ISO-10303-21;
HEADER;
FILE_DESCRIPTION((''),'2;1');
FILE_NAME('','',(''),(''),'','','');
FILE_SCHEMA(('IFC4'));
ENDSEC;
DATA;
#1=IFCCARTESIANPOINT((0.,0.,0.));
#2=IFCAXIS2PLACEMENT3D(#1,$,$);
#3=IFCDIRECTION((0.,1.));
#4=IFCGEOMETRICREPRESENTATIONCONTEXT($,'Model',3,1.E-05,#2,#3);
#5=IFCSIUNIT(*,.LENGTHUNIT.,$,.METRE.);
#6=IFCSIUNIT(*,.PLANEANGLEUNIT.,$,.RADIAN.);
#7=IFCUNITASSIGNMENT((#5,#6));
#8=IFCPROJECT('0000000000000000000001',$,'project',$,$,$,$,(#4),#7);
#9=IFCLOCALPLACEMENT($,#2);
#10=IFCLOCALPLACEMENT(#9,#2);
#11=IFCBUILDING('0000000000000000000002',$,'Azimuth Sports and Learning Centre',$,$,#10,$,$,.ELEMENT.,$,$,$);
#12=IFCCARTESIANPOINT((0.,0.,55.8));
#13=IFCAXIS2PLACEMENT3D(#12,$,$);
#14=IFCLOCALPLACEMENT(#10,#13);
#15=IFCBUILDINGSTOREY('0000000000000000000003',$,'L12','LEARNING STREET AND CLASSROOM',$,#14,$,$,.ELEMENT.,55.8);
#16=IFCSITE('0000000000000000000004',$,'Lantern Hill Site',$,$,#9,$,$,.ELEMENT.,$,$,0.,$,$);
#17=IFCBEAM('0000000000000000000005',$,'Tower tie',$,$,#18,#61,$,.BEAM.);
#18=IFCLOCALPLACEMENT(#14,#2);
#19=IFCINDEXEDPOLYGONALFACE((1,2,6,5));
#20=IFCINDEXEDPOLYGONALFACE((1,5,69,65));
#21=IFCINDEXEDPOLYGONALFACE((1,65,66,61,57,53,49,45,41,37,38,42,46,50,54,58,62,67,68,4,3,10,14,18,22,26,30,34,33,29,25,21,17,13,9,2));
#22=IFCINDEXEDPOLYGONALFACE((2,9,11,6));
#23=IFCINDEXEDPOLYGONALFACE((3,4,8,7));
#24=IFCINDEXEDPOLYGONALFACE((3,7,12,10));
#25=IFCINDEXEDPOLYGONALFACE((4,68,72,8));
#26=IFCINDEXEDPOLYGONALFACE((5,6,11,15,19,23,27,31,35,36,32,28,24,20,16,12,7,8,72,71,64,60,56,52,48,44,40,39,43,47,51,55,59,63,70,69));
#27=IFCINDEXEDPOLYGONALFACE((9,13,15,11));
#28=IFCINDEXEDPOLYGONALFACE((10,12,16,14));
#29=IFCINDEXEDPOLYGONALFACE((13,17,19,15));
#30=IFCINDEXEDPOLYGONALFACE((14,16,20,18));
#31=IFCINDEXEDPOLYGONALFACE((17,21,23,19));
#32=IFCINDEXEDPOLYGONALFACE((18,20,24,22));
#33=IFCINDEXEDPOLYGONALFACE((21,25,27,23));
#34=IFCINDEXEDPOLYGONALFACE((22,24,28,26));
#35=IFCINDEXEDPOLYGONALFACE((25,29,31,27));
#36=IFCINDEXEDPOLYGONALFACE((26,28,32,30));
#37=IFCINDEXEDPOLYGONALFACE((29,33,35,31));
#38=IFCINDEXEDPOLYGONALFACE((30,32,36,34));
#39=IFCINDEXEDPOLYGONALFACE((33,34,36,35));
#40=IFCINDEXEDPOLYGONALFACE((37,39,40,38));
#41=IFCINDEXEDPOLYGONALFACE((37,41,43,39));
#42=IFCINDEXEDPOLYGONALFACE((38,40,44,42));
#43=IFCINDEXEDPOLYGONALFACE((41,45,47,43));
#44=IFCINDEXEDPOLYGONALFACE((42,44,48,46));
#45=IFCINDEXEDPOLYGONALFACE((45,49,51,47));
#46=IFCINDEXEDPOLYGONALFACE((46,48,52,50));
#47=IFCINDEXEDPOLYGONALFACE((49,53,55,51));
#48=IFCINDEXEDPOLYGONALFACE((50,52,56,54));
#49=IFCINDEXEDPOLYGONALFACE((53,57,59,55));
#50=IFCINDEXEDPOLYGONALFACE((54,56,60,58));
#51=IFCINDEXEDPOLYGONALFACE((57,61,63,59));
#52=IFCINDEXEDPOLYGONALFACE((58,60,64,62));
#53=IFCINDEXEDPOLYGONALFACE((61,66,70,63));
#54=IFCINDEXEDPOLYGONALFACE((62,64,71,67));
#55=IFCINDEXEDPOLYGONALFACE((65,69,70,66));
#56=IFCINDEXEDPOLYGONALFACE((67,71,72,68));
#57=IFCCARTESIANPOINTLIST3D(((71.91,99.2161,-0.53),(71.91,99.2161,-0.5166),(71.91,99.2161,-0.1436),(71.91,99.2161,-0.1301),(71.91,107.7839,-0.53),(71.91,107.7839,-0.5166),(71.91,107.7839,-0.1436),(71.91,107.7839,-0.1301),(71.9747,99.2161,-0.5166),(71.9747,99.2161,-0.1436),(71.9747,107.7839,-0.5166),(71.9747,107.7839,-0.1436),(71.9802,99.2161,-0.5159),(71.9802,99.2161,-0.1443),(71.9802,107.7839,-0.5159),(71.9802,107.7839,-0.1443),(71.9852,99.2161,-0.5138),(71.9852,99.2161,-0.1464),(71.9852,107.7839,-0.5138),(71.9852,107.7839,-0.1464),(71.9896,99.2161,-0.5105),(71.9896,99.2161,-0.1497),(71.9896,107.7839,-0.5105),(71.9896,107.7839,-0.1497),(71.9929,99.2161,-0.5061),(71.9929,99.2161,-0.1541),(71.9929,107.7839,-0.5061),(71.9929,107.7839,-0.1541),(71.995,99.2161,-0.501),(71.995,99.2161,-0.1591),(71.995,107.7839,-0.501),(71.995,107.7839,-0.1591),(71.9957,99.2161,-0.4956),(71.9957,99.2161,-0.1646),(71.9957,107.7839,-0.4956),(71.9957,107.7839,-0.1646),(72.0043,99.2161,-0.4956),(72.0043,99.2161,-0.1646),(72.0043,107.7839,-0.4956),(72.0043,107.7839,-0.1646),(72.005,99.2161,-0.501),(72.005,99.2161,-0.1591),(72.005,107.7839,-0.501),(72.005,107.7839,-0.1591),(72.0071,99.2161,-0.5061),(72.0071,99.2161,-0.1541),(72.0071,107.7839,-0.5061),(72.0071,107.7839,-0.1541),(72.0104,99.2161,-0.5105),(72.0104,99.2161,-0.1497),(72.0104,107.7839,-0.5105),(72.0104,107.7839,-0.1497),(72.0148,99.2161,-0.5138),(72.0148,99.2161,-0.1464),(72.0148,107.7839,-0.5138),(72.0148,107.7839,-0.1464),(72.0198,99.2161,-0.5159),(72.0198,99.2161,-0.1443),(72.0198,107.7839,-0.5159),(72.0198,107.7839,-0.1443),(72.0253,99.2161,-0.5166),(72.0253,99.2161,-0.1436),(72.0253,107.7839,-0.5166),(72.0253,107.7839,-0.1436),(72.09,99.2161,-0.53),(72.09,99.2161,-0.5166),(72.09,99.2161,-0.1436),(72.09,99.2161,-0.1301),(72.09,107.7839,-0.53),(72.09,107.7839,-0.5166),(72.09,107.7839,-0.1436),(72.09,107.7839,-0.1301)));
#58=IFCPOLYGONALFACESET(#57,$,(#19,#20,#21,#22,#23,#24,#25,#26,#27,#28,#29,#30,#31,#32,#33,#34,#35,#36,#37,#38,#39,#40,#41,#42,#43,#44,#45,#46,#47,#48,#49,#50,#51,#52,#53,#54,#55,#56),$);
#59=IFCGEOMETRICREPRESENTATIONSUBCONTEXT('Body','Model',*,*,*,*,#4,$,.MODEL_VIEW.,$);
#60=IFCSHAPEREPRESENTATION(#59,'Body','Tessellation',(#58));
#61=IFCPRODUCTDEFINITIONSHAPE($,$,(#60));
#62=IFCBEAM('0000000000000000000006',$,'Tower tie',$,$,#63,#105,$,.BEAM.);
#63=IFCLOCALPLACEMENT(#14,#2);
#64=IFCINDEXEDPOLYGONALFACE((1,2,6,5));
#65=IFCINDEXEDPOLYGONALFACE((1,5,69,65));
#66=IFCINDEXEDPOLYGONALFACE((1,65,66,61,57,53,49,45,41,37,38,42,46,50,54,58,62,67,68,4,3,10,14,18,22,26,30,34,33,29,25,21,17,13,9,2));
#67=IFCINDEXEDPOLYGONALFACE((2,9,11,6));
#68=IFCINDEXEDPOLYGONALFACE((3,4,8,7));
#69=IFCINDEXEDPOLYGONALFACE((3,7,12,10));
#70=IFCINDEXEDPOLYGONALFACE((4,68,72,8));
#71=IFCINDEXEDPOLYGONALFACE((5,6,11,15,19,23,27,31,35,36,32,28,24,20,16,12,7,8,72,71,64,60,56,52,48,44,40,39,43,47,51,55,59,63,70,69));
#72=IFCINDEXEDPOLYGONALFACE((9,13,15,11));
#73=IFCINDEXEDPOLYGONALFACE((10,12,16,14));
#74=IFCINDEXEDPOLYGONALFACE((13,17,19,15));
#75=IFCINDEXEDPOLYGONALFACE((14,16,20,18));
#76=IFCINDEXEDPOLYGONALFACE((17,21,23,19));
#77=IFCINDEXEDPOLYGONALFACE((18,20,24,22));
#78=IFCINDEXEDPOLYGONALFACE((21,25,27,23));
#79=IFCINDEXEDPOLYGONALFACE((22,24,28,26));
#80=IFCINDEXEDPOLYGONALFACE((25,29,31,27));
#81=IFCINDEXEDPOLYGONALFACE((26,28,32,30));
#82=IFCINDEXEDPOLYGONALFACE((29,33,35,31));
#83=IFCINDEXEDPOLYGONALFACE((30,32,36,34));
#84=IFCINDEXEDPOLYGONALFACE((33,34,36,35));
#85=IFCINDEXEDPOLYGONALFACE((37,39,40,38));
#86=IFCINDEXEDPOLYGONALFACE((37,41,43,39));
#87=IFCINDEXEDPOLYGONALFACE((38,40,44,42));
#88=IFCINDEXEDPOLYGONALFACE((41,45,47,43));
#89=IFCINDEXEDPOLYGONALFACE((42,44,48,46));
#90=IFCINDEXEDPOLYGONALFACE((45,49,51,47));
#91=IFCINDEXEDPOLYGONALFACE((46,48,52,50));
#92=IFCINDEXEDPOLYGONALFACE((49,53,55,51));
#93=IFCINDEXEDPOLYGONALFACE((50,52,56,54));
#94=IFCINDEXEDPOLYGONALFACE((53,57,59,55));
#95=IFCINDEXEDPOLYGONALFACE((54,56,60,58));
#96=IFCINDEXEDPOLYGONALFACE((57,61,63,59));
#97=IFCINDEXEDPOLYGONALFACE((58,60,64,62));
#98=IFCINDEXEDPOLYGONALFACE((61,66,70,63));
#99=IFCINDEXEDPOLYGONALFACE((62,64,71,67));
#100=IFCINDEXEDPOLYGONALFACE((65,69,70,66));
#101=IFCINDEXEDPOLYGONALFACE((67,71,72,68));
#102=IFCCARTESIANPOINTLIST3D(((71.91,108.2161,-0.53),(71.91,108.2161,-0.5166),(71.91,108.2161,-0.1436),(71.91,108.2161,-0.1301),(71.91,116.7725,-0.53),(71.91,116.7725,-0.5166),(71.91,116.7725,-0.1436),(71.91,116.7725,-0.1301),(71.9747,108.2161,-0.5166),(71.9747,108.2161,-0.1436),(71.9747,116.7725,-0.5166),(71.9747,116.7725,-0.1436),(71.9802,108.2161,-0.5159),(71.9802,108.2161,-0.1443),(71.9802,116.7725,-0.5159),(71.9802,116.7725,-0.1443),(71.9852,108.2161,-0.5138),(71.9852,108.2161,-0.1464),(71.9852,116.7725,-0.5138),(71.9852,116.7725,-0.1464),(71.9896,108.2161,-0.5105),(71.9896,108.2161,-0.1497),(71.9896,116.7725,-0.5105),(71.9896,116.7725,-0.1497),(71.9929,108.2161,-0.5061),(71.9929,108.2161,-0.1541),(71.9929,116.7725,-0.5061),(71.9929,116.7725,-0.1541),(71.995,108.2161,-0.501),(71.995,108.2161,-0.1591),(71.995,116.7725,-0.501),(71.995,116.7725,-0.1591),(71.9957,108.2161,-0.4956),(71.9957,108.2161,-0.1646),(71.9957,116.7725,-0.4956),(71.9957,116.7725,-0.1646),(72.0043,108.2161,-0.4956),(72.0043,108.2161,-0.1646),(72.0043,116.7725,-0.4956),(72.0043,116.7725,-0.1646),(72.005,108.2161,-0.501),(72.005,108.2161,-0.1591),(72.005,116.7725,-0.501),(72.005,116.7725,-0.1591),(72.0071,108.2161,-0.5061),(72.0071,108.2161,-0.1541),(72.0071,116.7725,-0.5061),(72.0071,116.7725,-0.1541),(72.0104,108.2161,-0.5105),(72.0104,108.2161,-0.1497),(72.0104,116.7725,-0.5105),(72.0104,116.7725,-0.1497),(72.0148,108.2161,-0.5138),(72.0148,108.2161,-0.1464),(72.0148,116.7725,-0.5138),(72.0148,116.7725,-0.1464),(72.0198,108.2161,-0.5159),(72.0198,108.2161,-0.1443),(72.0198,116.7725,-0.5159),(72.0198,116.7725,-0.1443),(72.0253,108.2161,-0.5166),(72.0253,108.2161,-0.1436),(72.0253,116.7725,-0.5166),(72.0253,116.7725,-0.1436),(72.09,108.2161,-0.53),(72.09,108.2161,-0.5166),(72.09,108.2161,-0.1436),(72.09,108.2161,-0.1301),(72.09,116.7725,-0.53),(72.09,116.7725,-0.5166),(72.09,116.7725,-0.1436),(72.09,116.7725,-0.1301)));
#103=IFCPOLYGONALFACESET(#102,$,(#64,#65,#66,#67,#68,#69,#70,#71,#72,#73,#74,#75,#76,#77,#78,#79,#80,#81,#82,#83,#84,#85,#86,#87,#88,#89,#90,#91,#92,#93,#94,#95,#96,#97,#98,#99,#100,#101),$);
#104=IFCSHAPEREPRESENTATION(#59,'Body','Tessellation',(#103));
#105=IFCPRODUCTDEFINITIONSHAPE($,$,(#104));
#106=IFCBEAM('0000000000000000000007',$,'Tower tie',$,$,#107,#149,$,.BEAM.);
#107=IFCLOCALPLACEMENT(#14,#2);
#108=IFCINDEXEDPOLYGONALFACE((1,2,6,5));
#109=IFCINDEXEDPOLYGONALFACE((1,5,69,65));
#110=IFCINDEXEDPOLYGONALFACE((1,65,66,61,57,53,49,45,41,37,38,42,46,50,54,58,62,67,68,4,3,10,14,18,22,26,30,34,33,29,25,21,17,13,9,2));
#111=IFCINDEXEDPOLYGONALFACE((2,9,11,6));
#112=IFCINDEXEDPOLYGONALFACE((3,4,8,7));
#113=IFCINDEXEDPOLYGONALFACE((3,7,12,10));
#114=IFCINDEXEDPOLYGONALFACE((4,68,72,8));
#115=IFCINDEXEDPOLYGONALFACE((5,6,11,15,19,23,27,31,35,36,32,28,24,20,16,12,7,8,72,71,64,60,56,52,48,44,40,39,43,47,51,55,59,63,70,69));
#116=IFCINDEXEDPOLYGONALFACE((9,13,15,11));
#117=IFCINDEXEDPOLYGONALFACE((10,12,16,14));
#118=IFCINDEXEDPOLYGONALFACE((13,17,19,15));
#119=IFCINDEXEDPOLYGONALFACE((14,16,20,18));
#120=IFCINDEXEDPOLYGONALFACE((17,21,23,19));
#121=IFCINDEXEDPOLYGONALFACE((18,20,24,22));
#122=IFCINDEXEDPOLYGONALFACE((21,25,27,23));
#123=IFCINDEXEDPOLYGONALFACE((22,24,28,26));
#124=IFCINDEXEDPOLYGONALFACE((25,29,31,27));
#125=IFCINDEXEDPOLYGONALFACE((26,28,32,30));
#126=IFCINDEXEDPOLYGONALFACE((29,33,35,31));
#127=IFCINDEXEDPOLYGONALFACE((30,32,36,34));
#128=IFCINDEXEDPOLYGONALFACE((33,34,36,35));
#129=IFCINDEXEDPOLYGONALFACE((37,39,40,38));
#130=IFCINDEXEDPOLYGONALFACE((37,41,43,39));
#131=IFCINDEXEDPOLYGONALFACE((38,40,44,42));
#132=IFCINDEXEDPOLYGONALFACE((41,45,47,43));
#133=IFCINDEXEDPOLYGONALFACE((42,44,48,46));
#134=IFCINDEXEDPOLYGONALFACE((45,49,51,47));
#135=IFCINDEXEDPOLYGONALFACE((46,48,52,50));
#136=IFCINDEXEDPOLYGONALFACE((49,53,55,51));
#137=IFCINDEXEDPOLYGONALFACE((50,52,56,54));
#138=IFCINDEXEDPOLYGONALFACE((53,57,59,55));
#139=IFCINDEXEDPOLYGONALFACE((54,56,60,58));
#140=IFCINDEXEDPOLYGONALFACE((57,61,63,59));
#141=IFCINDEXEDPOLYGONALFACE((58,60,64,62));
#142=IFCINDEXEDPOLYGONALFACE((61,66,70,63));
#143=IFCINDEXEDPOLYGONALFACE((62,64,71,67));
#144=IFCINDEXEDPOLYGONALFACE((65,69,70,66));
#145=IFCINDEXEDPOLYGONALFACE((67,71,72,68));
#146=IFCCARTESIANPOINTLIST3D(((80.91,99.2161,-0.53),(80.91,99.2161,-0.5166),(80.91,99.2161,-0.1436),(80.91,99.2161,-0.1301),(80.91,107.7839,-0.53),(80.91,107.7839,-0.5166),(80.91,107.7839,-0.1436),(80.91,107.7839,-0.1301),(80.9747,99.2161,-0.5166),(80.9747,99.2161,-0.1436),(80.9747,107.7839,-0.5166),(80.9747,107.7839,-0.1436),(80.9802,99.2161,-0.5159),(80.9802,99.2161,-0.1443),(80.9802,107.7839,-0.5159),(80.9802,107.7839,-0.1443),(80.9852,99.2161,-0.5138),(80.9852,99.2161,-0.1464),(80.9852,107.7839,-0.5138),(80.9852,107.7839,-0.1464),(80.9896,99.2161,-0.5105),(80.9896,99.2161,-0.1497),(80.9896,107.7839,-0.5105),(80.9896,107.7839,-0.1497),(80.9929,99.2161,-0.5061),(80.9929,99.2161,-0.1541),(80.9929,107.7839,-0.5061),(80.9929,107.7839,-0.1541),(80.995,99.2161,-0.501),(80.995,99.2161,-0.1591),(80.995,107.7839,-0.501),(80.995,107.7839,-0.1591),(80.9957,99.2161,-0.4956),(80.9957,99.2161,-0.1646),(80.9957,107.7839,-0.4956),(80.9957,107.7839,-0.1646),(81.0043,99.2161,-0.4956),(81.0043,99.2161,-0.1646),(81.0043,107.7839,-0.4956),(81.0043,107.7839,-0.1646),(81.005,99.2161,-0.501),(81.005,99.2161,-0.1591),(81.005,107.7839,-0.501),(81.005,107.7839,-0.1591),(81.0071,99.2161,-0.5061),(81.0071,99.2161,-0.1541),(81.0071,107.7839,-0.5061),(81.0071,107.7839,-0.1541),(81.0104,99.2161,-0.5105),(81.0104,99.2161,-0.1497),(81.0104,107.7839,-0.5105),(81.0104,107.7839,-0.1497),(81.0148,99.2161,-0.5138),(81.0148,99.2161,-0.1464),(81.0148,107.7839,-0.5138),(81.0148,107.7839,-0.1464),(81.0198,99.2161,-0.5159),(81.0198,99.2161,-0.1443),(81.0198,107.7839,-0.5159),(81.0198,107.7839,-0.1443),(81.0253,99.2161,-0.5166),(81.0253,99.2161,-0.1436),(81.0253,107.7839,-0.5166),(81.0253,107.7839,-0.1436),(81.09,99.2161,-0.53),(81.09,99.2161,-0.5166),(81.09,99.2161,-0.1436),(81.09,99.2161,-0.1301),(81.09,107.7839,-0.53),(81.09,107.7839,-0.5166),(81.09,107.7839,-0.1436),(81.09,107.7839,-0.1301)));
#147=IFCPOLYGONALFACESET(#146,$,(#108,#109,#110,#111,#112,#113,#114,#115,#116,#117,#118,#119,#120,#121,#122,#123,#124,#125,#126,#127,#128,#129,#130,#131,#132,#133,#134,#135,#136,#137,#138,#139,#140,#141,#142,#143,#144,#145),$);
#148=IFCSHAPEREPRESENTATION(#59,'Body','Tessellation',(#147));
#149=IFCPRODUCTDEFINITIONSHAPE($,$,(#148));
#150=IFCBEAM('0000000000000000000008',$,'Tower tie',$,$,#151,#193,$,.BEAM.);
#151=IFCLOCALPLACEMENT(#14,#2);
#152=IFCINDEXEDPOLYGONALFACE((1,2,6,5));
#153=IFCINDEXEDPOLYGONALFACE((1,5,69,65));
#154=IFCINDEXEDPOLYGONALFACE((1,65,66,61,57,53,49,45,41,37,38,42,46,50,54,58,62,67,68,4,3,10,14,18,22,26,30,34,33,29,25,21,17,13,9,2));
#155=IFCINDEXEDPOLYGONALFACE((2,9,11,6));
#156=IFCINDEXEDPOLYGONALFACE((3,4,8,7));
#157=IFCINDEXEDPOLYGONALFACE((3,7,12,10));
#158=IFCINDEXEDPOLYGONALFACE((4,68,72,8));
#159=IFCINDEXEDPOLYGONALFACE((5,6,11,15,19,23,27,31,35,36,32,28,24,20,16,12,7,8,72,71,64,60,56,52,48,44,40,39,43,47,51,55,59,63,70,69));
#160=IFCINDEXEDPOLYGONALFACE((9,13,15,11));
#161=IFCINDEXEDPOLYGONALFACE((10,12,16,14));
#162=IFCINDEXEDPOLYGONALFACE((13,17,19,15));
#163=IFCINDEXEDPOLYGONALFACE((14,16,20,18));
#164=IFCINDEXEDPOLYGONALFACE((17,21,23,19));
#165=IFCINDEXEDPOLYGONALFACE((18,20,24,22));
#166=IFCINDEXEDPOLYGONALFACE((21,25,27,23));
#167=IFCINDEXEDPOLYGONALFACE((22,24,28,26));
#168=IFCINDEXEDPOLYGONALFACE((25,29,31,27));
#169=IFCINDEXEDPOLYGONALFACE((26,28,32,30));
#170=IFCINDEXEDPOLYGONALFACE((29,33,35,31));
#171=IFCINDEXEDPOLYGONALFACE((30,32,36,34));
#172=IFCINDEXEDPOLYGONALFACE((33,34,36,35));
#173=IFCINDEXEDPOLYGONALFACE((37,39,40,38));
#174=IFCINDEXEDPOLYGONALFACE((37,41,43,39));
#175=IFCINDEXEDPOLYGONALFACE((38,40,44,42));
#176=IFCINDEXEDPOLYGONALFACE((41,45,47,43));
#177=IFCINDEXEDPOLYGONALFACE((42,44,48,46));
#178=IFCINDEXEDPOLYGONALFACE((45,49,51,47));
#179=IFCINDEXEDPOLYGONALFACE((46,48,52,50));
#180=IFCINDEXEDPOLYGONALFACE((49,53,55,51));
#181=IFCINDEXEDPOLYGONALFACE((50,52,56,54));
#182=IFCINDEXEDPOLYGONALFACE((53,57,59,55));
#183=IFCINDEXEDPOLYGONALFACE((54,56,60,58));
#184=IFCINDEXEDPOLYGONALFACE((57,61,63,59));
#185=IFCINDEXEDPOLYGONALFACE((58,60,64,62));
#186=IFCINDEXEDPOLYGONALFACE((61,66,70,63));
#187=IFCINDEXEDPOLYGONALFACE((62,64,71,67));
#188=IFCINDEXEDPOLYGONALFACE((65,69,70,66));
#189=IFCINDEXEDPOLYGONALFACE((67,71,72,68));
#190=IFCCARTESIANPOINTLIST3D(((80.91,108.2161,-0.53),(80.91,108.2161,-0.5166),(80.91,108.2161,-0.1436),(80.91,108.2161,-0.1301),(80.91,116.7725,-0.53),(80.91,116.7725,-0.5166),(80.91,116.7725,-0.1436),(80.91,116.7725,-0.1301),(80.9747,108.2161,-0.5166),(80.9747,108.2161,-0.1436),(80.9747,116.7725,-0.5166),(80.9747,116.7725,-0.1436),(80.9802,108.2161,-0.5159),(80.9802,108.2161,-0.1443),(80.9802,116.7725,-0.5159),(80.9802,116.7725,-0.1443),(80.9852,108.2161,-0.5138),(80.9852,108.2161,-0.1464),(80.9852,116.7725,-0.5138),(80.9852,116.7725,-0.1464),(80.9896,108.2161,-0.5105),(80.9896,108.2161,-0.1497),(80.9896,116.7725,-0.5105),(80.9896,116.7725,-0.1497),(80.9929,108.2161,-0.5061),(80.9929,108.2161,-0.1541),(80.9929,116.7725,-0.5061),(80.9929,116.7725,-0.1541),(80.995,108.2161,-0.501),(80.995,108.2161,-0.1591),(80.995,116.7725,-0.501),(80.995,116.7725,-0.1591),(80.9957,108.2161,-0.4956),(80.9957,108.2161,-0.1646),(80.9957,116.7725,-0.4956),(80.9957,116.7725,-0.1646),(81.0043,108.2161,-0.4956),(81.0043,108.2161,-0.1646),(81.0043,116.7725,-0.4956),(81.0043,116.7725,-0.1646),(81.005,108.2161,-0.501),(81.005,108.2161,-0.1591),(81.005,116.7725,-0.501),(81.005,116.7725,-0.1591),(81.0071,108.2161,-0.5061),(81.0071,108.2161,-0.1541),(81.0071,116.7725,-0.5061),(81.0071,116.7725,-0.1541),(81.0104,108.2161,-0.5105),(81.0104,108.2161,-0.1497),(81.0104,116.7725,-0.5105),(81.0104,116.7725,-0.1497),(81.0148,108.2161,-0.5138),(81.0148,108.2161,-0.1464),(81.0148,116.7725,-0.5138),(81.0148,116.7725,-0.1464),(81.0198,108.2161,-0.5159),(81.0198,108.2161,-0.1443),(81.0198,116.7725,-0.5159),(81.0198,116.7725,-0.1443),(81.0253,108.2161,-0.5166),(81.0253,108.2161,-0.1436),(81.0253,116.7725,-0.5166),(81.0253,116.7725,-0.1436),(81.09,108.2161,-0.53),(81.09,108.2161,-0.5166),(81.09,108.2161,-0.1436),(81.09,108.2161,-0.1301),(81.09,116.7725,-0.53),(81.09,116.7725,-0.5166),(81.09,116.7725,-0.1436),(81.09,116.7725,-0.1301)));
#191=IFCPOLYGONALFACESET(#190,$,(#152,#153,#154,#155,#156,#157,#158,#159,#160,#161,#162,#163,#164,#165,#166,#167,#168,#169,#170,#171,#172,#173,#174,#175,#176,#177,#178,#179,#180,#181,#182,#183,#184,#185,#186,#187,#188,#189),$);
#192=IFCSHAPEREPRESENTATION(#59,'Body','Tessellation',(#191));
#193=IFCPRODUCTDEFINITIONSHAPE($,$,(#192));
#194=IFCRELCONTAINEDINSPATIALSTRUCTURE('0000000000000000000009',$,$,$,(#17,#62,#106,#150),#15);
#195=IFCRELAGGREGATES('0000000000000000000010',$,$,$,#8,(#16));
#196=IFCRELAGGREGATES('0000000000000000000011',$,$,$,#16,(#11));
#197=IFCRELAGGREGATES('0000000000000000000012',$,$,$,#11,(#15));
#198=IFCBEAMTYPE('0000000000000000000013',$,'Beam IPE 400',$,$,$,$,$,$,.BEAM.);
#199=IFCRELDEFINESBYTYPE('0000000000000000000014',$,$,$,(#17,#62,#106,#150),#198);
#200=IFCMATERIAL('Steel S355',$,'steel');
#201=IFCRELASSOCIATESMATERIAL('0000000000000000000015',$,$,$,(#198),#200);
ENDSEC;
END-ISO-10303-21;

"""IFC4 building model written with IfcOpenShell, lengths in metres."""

from ifc_helpers import new_model, si_unit, direction, frame, origin, origin_2d, place, context, subcontext, project, spatial, i_section, extrude, material, material_profile, profile_set, type_object, element, save


model = new_model("IFC4")

# Units and contexts
model_context = context("Model", 3, precision=1e-05, world=origin(), true_north=direction((0.0, 1.0)))
body_context = subcontext(model_context, "Body", "Model", "MODEL_VIEW")
ifc_project = project(units=[si_unit("LENGTHUNIT", "METRE"), si_unit("PLANEANGLEUNIT", "RADIAN")], contexts=[model_context])

# Site, building, storey
site_placement = place(None, origin())
site = spatial("IfcSite", under=ifc_project, at=site_placement, Name="Lantern Hill Site", CompositionType="ELEMENT", RefElevation=0.0)
building_placement = place(site_placement, origin())
building = spatial("IfcBuilding", under=site, at=building_placement, Name="Azimuth Sports and Learning Centre", CompositionType="ELEMENT")
storey_placement = place(building_placement, frame((0.0, 0.0, 55.8)))
storey = spatial("IfcBuildingStorey", under=building, at=storey_placement, Name="L12", Description="LEARNING STREET AND CLASSROOM", CompositionType="ELEMENT", Elevation=55.8)

# Beams
ifc_material_1 = material(Name="Steel S355", Category="steel")
ifc_material_profile_1 = material_profile(ifc_material_1, i_section(OverallWidth=0.1799, OverallDepth=0.3999, WebThickness=0.0085, FlangeThickness=0.0134, FilletRadius=0.021, at=origin_2d()), Name="IPE 400")
ifc_profile_set_1 = profile_set([ifc_material_profile_1], Name="Steel S355")
beam_type_1 = type_object("IfcBeamType", Name="Beam IPE 400", PredefinedType="BEAM", material=ifc_profile_set_1)
beam_1_placement = place(storey_placement, frame((72.0, 99.2161, -0.3301), z_axis=(0.0, 1.0, 0.0), x_axis=(-1.0, 0.0, 0.0)))
element("IfcBeam", 1, at=beam_1_placement, inside=storey, type_object=beam_type_1, Name="Tower tie", PredefinedType="BEAM", context=body_context, shape_type="SweptSolid", body=[
    extrude(i_section(OverallWidth=0.1799, OverallDepth=0.3999, WebThickness=0.0085, FlangeThickness=0.0134, FilletRadius=0.021, at=origin_2d()), origin(), (0.0, 0.0, 1.0), 8.5679),
])
beam_2_placement = place(storey_placement, frame((72.0, 108.2161, -0.3301), z_axis=(0.0, 1.0, 0.0), x_axis=(-1.0, 0.0, 0.0)))
element("IfcBeam", 2, at=beam_2_placement, inside=storey, type_object=beam_type_1, Name="Tower tie", PredefinedType="BEAM", context=body_context, shape_type="SweptSolid", body=[
    extrude(i_section(OverallWidth=0.1799, OverallDepth=0.3999, WebThickness=0.0085, FlangeThickness=0.0134, FilletRadius=0.021, at=origin_2d()), origin(), (0.0, 0.0, 1.0), 8.5564),
])
beam_3_placement = place(storey_placement, frame((81.0, 99.2161, -0.3301), z_axis=(0.0, 1.0, 0.0), x_axis=(-1.0, 0.0, 0.0)))
element("IfcBeam", 3, at=beam_3_placement, inside=storey, type_object=beam_type_1, Name="Tower tie", PredefinedType="BEAM", context=body_context, shape_type="SweptSolid", body=[
    extrude(i_section(OverallWidth=0.1799, OverallDepth=0.3999, WebThickness=0.0085, FlangeThickness=0.0134, FilletRadius=0.021, at=origin_2d()), origin(), (0.0, 0.0, 1.0), 8.5679),
])
beam_4_placement = place(storey_placement, frame((81.0, 108.2161, -0.3301), z_axis=(0.0, 1.0, 0.0), x_axis=(-1.0, 0.0, 0.0)))
element("IfcBeam", 4, at=beam_4_placement, inside=storey, type_object=beam_type_1, Name="Tower tie", PredefinedType="BEAM", context=body_context, shape_type="SweptSolid", body=[
    extrude(i_section(OverallWidth=0.1799, OverallDepth=0.3999, WebThickness=0.0085, FlangeThickness=0.0134, FilletRadius=0.021, at=origin_2d()), origin(), (0.0, 0.0, 1.0), 8.5564),
])

save(model, "model.ifc")
